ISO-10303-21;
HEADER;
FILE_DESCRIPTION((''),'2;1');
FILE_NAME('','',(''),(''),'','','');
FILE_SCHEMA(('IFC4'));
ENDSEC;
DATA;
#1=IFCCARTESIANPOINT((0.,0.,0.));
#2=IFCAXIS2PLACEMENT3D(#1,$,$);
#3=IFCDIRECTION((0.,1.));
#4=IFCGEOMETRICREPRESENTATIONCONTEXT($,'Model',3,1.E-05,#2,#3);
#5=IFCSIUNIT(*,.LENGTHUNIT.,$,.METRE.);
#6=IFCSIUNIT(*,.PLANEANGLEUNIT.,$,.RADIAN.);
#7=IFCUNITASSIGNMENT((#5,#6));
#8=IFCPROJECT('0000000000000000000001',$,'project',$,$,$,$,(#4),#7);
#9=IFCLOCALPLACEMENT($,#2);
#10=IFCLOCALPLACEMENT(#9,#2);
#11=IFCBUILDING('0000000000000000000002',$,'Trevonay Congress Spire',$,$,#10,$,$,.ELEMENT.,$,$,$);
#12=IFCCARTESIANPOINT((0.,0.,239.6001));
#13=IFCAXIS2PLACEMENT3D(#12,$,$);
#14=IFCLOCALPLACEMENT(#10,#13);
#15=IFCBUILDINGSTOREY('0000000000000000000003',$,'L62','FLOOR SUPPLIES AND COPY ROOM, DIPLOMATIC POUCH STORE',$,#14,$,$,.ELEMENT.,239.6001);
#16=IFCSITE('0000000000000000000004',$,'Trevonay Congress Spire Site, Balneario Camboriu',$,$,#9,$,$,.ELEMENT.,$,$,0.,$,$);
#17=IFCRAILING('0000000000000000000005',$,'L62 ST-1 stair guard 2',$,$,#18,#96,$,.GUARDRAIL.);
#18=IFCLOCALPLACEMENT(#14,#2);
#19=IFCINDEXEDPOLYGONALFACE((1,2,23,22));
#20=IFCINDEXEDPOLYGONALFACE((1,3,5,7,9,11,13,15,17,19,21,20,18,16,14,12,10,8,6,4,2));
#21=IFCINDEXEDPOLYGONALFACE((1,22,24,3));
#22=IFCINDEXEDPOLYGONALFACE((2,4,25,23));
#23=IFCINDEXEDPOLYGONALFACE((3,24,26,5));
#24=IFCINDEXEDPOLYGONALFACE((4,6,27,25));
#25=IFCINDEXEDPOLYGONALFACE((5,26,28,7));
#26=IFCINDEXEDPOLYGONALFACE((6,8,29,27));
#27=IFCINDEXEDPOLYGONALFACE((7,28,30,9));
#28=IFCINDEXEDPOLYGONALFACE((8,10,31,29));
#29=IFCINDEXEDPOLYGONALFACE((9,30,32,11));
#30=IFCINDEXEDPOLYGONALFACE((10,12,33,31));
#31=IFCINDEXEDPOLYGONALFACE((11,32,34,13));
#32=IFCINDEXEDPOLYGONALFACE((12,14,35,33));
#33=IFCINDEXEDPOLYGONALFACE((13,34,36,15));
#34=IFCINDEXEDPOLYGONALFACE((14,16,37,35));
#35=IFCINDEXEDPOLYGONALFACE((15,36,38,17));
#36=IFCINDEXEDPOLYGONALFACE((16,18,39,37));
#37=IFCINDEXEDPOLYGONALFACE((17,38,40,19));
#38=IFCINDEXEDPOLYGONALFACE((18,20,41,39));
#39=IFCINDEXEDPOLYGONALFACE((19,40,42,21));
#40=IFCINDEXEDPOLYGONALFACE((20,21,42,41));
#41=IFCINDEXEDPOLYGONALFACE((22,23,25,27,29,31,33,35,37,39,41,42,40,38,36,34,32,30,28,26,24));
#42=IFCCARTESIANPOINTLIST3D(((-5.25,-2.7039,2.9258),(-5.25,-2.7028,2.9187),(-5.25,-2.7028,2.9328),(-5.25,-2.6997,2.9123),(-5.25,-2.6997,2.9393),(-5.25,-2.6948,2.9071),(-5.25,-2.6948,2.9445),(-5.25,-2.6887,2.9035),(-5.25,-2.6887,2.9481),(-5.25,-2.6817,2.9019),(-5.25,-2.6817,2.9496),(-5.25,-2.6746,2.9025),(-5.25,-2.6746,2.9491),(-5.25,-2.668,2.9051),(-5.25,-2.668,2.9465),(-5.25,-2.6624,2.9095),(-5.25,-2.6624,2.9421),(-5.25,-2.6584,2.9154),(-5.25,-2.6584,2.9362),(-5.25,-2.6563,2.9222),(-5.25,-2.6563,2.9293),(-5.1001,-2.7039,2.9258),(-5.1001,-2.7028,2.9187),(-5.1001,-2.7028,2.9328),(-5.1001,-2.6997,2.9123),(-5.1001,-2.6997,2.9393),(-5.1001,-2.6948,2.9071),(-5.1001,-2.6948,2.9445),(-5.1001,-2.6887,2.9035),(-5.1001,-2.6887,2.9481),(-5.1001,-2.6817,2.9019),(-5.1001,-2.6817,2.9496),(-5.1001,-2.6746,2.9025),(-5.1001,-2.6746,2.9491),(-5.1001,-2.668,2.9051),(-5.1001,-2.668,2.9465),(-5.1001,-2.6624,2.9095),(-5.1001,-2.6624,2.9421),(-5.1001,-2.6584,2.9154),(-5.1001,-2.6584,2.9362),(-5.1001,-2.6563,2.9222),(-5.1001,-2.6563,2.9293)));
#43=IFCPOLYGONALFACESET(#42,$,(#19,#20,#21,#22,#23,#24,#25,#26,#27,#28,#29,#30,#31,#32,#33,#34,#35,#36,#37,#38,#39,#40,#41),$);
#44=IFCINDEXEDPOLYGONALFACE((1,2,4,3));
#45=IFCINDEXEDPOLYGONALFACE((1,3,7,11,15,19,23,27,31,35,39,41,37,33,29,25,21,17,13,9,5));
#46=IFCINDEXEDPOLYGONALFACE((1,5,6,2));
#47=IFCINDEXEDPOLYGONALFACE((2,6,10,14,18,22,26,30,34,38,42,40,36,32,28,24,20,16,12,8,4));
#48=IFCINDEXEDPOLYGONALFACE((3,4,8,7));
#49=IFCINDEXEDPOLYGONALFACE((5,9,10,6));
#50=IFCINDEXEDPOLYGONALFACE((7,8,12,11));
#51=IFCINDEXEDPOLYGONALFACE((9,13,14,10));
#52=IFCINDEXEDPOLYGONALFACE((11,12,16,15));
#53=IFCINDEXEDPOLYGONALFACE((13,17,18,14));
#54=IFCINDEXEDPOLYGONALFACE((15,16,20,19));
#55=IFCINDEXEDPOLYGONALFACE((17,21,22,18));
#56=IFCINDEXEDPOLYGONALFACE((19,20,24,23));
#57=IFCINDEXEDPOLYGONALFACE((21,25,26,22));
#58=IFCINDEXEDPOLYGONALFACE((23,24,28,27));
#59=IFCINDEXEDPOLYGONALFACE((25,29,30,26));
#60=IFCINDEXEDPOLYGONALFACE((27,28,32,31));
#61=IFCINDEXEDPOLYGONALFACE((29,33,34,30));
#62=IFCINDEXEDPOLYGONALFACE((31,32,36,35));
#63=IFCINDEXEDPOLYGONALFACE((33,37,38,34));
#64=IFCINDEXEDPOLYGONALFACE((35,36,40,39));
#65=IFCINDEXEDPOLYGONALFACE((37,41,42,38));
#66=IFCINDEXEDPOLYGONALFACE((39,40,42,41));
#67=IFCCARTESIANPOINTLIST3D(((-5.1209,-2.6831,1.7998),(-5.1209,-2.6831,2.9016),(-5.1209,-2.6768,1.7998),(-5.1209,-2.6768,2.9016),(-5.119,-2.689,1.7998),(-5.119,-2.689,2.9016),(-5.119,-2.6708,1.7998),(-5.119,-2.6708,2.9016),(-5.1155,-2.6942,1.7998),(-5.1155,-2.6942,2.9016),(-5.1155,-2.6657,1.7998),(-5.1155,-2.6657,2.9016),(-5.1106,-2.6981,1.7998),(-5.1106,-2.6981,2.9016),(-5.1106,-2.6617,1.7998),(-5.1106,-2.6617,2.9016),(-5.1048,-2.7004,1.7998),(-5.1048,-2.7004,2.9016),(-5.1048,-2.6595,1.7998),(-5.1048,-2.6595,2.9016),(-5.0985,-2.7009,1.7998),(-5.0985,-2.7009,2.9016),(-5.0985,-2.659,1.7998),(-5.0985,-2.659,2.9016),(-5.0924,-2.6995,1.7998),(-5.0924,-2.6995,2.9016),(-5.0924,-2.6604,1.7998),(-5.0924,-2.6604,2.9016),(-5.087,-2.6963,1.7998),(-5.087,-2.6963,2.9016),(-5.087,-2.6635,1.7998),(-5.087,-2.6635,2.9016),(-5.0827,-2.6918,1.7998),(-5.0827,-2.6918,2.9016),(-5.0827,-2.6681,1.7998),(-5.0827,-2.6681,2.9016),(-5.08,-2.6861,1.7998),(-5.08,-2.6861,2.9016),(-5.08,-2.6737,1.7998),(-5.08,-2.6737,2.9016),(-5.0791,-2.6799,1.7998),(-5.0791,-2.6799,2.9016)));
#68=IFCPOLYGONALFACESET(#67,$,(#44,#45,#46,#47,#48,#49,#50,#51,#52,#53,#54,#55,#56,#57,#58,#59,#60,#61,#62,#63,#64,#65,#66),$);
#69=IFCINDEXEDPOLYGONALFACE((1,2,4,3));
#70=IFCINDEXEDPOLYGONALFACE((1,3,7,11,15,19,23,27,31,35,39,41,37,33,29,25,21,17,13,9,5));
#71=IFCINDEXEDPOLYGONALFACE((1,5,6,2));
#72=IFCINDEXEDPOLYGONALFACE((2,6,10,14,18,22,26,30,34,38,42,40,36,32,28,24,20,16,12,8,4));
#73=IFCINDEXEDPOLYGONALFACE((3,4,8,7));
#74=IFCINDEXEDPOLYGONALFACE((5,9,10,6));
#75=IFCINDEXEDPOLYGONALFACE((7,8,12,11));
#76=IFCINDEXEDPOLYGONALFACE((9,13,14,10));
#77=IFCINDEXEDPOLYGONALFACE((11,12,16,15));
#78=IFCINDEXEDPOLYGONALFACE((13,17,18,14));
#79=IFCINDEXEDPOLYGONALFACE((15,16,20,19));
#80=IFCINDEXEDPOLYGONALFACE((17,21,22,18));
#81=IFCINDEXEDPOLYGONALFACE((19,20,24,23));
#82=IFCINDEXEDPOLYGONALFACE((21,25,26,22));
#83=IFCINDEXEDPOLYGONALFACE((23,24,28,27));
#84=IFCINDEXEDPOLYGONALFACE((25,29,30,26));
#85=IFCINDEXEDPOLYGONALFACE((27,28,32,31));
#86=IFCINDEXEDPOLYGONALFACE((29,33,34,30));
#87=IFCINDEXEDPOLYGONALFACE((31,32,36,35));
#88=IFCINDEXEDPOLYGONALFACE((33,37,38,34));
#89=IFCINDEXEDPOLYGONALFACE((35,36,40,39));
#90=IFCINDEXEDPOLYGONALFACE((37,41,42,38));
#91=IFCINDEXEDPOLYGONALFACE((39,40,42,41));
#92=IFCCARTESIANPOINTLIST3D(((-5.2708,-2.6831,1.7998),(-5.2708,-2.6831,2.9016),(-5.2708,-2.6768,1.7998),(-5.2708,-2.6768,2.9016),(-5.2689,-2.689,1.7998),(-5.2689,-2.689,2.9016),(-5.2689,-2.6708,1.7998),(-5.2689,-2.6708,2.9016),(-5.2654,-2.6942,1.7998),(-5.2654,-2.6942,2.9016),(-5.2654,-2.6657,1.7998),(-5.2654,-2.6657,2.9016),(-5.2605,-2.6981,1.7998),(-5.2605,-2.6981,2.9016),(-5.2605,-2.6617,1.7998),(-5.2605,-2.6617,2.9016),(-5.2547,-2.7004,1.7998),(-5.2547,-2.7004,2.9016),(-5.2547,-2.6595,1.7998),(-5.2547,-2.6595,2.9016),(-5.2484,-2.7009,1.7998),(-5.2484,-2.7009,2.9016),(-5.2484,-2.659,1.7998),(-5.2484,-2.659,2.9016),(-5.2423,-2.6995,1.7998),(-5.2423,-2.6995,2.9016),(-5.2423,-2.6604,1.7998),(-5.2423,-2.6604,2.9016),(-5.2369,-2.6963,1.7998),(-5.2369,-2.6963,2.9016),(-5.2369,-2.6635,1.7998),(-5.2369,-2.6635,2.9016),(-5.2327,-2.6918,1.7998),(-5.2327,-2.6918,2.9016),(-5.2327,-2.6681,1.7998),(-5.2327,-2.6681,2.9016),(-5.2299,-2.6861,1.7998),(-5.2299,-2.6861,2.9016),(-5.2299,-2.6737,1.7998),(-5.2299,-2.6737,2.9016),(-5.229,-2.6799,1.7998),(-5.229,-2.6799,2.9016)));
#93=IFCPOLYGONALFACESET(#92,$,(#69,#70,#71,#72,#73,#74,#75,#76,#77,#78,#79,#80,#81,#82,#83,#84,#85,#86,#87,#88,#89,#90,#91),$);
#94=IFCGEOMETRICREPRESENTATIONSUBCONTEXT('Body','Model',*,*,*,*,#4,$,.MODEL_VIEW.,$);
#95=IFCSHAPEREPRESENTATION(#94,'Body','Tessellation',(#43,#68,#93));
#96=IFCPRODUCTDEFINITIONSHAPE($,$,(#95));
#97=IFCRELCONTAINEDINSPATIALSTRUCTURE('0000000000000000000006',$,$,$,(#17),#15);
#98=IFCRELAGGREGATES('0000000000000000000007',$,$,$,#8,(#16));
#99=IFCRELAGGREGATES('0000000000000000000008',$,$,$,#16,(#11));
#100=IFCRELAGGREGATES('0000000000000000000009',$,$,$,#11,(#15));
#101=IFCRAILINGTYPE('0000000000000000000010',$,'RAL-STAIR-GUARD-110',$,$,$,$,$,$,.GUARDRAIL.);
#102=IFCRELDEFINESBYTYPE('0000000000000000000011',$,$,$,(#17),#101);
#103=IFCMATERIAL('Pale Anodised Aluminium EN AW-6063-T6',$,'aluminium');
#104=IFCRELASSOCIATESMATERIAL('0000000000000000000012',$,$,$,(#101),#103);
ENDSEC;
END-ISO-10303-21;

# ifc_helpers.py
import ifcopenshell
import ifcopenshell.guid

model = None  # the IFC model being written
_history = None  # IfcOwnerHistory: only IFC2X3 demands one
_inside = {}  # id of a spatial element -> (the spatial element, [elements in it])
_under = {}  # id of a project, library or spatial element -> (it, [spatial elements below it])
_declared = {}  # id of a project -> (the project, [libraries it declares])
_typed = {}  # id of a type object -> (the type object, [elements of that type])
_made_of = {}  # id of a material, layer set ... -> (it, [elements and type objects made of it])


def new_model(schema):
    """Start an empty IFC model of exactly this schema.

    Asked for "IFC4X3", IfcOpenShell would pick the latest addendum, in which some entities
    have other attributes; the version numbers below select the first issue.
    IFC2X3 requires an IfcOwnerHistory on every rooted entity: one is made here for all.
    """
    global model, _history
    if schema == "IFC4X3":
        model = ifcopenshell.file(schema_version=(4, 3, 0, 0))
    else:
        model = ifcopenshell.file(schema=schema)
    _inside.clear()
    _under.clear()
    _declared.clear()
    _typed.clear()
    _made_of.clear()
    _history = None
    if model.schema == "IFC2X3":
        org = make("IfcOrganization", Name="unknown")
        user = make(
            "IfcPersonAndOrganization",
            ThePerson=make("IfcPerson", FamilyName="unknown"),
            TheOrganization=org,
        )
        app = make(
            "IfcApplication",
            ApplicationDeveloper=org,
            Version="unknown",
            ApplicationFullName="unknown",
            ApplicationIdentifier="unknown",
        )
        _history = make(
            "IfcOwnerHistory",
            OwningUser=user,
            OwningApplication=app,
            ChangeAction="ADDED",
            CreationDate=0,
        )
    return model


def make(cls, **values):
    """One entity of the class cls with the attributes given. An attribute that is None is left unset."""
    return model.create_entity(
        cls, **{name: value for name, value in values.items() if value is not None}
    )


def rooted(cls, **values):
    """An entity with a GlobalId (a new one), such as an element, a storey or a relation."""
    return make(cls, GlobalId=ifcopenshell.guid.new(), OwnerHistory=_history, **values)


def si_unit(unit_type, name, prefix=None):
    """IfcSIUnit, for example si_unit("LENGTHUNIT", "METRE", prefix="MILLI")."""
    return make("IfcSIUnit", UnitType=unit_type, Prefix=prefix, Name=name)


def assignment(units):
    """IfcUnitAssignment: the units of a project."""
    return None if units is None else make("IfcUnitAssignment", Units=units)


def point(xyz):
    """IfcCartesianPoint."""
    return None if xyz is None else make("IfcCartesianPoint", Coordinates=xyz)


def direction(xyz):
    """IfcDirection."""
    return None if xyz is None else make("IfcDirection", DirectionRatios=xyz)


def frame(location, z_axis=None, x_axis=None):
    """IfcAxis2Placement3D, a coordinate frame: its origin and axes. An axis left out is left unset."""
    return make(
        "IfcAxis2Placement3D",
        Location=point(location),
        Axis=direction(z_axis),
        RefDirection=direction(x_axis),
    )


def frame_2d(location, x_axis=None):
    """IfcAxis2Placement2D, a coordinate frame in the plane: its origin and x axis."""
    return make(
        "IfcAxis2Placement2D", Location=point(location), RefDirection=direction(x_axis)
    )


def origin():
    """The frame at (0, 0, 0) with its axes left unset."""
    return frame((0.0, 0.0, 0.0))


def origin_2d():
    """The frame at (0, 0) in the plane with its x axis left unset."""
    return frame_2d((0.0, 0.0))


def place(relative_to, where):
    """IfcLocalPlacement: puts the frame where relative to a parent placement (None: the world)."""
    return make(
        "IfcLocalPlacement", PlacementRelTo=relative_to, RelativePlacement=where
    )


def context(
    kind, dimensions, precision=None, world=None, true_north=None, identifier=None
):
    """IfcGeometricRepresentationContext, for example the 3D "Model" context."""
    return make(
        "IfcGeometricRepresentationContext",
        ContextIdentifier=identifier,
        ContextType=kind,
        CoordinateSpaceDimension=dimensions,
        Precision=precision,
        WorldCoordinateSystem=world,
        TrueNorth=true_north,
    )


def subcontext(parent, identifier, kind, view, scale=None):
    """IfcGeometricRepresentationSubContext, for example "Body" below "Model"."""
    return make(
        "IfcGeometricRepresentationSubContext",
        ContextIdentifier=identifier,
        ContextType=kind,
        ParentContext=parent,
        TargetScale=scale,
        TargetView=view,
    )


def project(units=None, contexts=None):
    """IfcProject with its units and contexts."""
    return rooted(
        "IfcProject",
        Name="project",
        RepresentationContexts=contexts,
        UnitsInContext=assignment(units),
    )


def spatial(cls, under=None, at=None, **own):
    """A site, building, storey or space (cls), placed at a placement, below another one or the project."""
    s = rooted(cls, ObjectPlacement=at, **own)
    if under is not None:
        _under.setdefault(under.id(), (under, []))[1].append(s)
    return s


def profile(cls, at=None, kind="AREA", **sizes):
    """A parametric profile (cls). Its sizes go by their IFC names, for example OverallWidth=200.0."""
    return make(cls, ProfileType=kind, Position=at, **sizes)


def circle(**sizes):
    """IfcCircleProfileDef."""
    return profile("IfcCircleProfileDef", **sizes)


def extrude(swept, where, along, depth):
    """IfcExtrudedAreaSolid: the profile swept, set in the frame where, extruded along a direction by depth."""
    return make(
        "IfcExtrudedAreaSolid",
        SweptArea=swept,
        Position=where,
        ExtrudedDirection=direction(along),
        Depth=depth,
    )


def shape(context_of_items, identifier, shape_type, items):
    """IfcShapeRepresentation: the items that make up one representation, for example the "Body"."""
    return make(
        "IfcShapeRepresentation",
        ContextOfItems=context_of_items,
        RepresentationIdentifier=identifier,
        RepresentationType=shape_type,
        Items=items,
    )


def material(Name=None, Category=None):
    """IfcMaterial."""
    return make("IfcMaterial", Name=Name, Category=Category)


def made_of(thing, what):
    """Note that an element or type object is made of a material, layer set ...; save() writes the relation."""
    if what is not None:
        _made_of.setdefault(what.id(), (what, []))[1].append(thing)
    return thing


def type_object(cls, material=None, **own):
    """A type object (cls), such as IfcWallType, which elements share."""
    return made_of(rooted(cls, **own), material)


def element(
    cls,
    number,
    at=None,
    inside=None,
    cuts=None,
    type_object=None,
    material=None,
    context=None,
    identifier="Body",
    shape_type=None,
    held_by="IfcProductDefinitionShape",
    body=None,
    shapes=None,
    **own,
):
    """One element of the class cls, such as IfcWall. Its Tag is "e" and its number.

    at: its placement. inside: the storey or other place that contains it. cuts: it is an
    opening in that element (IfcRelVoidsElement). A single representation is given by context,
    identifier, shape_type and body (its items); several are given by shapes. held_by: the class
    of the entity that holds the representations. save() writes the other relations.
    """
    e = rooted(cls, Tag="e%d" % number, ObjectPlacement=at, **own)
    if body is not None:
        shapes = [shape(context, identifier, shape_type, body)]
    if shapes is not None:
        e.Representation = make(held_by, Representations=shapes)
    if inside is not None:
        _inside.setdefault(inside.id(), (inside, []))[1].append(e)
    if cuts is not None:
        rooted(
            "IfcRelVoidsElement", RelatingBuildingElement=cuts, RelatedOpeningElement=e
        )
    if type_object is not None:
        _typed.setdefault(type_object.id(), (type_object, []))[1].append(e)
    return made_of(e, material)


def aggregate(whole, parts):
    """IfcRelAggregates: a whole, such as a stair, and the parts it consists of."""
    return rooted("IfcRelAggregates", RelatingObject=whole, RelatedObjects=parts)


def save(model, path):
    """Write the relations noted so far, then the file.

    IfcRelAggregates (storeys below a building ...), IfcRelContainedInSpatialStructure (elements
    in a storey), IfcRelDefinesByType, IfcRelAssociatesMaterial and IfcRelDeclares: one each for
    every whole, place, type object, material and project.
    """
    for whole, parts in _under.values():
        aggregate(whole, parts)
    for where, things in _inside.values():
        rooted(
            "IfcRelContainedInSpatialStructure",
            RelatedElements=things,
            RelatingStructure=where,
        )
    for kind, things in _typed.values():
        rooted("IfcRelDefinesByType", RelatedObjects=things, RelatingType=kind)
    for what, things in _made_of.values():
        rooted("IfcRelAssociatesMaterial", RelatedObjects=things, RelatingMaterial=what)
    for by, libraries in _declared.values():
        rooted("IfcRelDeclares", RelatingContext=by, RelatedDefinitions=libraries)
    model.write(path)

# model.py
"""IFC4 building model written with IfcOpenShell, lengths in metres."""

from ifc_helpers import new_model, si_unit, direction, frame, origin, origin_2d, place, context, subcontext, project, spatial, circle, extrude, material, type_object, element, save


model = new_model("IFC4")

# Units and contexts
model_context = context("Model", 3, precision=1e-05, world=origin(), true_north=direction((0.0, 1.0)))
body_context = subcontext(model_context, "Body", "Model", "MODEL_VIEW")
ifc_project = project(units=[si_unit("LENGTHUNIT", "METRE"), si_unit("PLANEANGLEUNIT", "RADIAN")], contexts=[model_context])

# Site, building, storey
site_placement = place(None, origin())
site = spatial("IfcSite", under=ifc_project, at=site_placement, Name="Trevonay Congress Spire Site, Balneario Camboriu", CompositionType="ELEMENT", RefElevation=0.0)
building_placement = place(site_placement, origin())
building = spatial("IfcBuilding", under=site, at=building_placement, Name="Trevonay Congress Spire", CompositionType="ELEMENT")
storey_placement = place(building_placement, frame((0.0, 0.0, 239.6001)))
storey = spatial("IfcBuildingStorey", under=building, at=storey_placement, Name="L62", Description="FLOOR SUPPLIES AND COPY ROOM, DIPLOMATIC POUCH STORE", CompositionType="ELEMENT", Elevation=239.6001)

# Shared definitions
ifc_material_1 = material(Name="Pale Anodised Aluminium EN AW-6063-T6", Category="aluminium")

# Railing
railing_type_1 = type_object("IfcRailingType", Name="RAL-STAIR-GUARD-110", PredefinedType="GUARDRAIL", material=ifc_material_1)
railing_1_placement = place(storey_placement, frame((-5.1001, -2.6799, 1.7998)))
element("IfcRailing", 1, at=railing_1_placement, inside=storey, type_object=railing_type_1, Name="L62 ST-1 stair guard 2", PredefinedType="GUARDRAIL", context=body_context, shape_type="SweptSolid", body=[
    extrude(circle(Radius=0.0239, at=origin_2d()), frame((0.0, 0.0, 1.126), z_axis=(-1.0, 0.0, 0.0), x_axis=(0.0, -1.0, 0.0)), (0.0, 0.0, 1.0), 0.1499),
    extrude(circle(Radius=0.021, at=origin_2d()), origin(), (0.0, 0.0, 1.0), 1.1018),
    extrude(circle(Radius=0.021, at=origin_2d()), frame((-0.1499, 0.0, 0.0)), (0.0, 0.0, 1.0), 1.1018),
])

save(model, "model.ifc")
